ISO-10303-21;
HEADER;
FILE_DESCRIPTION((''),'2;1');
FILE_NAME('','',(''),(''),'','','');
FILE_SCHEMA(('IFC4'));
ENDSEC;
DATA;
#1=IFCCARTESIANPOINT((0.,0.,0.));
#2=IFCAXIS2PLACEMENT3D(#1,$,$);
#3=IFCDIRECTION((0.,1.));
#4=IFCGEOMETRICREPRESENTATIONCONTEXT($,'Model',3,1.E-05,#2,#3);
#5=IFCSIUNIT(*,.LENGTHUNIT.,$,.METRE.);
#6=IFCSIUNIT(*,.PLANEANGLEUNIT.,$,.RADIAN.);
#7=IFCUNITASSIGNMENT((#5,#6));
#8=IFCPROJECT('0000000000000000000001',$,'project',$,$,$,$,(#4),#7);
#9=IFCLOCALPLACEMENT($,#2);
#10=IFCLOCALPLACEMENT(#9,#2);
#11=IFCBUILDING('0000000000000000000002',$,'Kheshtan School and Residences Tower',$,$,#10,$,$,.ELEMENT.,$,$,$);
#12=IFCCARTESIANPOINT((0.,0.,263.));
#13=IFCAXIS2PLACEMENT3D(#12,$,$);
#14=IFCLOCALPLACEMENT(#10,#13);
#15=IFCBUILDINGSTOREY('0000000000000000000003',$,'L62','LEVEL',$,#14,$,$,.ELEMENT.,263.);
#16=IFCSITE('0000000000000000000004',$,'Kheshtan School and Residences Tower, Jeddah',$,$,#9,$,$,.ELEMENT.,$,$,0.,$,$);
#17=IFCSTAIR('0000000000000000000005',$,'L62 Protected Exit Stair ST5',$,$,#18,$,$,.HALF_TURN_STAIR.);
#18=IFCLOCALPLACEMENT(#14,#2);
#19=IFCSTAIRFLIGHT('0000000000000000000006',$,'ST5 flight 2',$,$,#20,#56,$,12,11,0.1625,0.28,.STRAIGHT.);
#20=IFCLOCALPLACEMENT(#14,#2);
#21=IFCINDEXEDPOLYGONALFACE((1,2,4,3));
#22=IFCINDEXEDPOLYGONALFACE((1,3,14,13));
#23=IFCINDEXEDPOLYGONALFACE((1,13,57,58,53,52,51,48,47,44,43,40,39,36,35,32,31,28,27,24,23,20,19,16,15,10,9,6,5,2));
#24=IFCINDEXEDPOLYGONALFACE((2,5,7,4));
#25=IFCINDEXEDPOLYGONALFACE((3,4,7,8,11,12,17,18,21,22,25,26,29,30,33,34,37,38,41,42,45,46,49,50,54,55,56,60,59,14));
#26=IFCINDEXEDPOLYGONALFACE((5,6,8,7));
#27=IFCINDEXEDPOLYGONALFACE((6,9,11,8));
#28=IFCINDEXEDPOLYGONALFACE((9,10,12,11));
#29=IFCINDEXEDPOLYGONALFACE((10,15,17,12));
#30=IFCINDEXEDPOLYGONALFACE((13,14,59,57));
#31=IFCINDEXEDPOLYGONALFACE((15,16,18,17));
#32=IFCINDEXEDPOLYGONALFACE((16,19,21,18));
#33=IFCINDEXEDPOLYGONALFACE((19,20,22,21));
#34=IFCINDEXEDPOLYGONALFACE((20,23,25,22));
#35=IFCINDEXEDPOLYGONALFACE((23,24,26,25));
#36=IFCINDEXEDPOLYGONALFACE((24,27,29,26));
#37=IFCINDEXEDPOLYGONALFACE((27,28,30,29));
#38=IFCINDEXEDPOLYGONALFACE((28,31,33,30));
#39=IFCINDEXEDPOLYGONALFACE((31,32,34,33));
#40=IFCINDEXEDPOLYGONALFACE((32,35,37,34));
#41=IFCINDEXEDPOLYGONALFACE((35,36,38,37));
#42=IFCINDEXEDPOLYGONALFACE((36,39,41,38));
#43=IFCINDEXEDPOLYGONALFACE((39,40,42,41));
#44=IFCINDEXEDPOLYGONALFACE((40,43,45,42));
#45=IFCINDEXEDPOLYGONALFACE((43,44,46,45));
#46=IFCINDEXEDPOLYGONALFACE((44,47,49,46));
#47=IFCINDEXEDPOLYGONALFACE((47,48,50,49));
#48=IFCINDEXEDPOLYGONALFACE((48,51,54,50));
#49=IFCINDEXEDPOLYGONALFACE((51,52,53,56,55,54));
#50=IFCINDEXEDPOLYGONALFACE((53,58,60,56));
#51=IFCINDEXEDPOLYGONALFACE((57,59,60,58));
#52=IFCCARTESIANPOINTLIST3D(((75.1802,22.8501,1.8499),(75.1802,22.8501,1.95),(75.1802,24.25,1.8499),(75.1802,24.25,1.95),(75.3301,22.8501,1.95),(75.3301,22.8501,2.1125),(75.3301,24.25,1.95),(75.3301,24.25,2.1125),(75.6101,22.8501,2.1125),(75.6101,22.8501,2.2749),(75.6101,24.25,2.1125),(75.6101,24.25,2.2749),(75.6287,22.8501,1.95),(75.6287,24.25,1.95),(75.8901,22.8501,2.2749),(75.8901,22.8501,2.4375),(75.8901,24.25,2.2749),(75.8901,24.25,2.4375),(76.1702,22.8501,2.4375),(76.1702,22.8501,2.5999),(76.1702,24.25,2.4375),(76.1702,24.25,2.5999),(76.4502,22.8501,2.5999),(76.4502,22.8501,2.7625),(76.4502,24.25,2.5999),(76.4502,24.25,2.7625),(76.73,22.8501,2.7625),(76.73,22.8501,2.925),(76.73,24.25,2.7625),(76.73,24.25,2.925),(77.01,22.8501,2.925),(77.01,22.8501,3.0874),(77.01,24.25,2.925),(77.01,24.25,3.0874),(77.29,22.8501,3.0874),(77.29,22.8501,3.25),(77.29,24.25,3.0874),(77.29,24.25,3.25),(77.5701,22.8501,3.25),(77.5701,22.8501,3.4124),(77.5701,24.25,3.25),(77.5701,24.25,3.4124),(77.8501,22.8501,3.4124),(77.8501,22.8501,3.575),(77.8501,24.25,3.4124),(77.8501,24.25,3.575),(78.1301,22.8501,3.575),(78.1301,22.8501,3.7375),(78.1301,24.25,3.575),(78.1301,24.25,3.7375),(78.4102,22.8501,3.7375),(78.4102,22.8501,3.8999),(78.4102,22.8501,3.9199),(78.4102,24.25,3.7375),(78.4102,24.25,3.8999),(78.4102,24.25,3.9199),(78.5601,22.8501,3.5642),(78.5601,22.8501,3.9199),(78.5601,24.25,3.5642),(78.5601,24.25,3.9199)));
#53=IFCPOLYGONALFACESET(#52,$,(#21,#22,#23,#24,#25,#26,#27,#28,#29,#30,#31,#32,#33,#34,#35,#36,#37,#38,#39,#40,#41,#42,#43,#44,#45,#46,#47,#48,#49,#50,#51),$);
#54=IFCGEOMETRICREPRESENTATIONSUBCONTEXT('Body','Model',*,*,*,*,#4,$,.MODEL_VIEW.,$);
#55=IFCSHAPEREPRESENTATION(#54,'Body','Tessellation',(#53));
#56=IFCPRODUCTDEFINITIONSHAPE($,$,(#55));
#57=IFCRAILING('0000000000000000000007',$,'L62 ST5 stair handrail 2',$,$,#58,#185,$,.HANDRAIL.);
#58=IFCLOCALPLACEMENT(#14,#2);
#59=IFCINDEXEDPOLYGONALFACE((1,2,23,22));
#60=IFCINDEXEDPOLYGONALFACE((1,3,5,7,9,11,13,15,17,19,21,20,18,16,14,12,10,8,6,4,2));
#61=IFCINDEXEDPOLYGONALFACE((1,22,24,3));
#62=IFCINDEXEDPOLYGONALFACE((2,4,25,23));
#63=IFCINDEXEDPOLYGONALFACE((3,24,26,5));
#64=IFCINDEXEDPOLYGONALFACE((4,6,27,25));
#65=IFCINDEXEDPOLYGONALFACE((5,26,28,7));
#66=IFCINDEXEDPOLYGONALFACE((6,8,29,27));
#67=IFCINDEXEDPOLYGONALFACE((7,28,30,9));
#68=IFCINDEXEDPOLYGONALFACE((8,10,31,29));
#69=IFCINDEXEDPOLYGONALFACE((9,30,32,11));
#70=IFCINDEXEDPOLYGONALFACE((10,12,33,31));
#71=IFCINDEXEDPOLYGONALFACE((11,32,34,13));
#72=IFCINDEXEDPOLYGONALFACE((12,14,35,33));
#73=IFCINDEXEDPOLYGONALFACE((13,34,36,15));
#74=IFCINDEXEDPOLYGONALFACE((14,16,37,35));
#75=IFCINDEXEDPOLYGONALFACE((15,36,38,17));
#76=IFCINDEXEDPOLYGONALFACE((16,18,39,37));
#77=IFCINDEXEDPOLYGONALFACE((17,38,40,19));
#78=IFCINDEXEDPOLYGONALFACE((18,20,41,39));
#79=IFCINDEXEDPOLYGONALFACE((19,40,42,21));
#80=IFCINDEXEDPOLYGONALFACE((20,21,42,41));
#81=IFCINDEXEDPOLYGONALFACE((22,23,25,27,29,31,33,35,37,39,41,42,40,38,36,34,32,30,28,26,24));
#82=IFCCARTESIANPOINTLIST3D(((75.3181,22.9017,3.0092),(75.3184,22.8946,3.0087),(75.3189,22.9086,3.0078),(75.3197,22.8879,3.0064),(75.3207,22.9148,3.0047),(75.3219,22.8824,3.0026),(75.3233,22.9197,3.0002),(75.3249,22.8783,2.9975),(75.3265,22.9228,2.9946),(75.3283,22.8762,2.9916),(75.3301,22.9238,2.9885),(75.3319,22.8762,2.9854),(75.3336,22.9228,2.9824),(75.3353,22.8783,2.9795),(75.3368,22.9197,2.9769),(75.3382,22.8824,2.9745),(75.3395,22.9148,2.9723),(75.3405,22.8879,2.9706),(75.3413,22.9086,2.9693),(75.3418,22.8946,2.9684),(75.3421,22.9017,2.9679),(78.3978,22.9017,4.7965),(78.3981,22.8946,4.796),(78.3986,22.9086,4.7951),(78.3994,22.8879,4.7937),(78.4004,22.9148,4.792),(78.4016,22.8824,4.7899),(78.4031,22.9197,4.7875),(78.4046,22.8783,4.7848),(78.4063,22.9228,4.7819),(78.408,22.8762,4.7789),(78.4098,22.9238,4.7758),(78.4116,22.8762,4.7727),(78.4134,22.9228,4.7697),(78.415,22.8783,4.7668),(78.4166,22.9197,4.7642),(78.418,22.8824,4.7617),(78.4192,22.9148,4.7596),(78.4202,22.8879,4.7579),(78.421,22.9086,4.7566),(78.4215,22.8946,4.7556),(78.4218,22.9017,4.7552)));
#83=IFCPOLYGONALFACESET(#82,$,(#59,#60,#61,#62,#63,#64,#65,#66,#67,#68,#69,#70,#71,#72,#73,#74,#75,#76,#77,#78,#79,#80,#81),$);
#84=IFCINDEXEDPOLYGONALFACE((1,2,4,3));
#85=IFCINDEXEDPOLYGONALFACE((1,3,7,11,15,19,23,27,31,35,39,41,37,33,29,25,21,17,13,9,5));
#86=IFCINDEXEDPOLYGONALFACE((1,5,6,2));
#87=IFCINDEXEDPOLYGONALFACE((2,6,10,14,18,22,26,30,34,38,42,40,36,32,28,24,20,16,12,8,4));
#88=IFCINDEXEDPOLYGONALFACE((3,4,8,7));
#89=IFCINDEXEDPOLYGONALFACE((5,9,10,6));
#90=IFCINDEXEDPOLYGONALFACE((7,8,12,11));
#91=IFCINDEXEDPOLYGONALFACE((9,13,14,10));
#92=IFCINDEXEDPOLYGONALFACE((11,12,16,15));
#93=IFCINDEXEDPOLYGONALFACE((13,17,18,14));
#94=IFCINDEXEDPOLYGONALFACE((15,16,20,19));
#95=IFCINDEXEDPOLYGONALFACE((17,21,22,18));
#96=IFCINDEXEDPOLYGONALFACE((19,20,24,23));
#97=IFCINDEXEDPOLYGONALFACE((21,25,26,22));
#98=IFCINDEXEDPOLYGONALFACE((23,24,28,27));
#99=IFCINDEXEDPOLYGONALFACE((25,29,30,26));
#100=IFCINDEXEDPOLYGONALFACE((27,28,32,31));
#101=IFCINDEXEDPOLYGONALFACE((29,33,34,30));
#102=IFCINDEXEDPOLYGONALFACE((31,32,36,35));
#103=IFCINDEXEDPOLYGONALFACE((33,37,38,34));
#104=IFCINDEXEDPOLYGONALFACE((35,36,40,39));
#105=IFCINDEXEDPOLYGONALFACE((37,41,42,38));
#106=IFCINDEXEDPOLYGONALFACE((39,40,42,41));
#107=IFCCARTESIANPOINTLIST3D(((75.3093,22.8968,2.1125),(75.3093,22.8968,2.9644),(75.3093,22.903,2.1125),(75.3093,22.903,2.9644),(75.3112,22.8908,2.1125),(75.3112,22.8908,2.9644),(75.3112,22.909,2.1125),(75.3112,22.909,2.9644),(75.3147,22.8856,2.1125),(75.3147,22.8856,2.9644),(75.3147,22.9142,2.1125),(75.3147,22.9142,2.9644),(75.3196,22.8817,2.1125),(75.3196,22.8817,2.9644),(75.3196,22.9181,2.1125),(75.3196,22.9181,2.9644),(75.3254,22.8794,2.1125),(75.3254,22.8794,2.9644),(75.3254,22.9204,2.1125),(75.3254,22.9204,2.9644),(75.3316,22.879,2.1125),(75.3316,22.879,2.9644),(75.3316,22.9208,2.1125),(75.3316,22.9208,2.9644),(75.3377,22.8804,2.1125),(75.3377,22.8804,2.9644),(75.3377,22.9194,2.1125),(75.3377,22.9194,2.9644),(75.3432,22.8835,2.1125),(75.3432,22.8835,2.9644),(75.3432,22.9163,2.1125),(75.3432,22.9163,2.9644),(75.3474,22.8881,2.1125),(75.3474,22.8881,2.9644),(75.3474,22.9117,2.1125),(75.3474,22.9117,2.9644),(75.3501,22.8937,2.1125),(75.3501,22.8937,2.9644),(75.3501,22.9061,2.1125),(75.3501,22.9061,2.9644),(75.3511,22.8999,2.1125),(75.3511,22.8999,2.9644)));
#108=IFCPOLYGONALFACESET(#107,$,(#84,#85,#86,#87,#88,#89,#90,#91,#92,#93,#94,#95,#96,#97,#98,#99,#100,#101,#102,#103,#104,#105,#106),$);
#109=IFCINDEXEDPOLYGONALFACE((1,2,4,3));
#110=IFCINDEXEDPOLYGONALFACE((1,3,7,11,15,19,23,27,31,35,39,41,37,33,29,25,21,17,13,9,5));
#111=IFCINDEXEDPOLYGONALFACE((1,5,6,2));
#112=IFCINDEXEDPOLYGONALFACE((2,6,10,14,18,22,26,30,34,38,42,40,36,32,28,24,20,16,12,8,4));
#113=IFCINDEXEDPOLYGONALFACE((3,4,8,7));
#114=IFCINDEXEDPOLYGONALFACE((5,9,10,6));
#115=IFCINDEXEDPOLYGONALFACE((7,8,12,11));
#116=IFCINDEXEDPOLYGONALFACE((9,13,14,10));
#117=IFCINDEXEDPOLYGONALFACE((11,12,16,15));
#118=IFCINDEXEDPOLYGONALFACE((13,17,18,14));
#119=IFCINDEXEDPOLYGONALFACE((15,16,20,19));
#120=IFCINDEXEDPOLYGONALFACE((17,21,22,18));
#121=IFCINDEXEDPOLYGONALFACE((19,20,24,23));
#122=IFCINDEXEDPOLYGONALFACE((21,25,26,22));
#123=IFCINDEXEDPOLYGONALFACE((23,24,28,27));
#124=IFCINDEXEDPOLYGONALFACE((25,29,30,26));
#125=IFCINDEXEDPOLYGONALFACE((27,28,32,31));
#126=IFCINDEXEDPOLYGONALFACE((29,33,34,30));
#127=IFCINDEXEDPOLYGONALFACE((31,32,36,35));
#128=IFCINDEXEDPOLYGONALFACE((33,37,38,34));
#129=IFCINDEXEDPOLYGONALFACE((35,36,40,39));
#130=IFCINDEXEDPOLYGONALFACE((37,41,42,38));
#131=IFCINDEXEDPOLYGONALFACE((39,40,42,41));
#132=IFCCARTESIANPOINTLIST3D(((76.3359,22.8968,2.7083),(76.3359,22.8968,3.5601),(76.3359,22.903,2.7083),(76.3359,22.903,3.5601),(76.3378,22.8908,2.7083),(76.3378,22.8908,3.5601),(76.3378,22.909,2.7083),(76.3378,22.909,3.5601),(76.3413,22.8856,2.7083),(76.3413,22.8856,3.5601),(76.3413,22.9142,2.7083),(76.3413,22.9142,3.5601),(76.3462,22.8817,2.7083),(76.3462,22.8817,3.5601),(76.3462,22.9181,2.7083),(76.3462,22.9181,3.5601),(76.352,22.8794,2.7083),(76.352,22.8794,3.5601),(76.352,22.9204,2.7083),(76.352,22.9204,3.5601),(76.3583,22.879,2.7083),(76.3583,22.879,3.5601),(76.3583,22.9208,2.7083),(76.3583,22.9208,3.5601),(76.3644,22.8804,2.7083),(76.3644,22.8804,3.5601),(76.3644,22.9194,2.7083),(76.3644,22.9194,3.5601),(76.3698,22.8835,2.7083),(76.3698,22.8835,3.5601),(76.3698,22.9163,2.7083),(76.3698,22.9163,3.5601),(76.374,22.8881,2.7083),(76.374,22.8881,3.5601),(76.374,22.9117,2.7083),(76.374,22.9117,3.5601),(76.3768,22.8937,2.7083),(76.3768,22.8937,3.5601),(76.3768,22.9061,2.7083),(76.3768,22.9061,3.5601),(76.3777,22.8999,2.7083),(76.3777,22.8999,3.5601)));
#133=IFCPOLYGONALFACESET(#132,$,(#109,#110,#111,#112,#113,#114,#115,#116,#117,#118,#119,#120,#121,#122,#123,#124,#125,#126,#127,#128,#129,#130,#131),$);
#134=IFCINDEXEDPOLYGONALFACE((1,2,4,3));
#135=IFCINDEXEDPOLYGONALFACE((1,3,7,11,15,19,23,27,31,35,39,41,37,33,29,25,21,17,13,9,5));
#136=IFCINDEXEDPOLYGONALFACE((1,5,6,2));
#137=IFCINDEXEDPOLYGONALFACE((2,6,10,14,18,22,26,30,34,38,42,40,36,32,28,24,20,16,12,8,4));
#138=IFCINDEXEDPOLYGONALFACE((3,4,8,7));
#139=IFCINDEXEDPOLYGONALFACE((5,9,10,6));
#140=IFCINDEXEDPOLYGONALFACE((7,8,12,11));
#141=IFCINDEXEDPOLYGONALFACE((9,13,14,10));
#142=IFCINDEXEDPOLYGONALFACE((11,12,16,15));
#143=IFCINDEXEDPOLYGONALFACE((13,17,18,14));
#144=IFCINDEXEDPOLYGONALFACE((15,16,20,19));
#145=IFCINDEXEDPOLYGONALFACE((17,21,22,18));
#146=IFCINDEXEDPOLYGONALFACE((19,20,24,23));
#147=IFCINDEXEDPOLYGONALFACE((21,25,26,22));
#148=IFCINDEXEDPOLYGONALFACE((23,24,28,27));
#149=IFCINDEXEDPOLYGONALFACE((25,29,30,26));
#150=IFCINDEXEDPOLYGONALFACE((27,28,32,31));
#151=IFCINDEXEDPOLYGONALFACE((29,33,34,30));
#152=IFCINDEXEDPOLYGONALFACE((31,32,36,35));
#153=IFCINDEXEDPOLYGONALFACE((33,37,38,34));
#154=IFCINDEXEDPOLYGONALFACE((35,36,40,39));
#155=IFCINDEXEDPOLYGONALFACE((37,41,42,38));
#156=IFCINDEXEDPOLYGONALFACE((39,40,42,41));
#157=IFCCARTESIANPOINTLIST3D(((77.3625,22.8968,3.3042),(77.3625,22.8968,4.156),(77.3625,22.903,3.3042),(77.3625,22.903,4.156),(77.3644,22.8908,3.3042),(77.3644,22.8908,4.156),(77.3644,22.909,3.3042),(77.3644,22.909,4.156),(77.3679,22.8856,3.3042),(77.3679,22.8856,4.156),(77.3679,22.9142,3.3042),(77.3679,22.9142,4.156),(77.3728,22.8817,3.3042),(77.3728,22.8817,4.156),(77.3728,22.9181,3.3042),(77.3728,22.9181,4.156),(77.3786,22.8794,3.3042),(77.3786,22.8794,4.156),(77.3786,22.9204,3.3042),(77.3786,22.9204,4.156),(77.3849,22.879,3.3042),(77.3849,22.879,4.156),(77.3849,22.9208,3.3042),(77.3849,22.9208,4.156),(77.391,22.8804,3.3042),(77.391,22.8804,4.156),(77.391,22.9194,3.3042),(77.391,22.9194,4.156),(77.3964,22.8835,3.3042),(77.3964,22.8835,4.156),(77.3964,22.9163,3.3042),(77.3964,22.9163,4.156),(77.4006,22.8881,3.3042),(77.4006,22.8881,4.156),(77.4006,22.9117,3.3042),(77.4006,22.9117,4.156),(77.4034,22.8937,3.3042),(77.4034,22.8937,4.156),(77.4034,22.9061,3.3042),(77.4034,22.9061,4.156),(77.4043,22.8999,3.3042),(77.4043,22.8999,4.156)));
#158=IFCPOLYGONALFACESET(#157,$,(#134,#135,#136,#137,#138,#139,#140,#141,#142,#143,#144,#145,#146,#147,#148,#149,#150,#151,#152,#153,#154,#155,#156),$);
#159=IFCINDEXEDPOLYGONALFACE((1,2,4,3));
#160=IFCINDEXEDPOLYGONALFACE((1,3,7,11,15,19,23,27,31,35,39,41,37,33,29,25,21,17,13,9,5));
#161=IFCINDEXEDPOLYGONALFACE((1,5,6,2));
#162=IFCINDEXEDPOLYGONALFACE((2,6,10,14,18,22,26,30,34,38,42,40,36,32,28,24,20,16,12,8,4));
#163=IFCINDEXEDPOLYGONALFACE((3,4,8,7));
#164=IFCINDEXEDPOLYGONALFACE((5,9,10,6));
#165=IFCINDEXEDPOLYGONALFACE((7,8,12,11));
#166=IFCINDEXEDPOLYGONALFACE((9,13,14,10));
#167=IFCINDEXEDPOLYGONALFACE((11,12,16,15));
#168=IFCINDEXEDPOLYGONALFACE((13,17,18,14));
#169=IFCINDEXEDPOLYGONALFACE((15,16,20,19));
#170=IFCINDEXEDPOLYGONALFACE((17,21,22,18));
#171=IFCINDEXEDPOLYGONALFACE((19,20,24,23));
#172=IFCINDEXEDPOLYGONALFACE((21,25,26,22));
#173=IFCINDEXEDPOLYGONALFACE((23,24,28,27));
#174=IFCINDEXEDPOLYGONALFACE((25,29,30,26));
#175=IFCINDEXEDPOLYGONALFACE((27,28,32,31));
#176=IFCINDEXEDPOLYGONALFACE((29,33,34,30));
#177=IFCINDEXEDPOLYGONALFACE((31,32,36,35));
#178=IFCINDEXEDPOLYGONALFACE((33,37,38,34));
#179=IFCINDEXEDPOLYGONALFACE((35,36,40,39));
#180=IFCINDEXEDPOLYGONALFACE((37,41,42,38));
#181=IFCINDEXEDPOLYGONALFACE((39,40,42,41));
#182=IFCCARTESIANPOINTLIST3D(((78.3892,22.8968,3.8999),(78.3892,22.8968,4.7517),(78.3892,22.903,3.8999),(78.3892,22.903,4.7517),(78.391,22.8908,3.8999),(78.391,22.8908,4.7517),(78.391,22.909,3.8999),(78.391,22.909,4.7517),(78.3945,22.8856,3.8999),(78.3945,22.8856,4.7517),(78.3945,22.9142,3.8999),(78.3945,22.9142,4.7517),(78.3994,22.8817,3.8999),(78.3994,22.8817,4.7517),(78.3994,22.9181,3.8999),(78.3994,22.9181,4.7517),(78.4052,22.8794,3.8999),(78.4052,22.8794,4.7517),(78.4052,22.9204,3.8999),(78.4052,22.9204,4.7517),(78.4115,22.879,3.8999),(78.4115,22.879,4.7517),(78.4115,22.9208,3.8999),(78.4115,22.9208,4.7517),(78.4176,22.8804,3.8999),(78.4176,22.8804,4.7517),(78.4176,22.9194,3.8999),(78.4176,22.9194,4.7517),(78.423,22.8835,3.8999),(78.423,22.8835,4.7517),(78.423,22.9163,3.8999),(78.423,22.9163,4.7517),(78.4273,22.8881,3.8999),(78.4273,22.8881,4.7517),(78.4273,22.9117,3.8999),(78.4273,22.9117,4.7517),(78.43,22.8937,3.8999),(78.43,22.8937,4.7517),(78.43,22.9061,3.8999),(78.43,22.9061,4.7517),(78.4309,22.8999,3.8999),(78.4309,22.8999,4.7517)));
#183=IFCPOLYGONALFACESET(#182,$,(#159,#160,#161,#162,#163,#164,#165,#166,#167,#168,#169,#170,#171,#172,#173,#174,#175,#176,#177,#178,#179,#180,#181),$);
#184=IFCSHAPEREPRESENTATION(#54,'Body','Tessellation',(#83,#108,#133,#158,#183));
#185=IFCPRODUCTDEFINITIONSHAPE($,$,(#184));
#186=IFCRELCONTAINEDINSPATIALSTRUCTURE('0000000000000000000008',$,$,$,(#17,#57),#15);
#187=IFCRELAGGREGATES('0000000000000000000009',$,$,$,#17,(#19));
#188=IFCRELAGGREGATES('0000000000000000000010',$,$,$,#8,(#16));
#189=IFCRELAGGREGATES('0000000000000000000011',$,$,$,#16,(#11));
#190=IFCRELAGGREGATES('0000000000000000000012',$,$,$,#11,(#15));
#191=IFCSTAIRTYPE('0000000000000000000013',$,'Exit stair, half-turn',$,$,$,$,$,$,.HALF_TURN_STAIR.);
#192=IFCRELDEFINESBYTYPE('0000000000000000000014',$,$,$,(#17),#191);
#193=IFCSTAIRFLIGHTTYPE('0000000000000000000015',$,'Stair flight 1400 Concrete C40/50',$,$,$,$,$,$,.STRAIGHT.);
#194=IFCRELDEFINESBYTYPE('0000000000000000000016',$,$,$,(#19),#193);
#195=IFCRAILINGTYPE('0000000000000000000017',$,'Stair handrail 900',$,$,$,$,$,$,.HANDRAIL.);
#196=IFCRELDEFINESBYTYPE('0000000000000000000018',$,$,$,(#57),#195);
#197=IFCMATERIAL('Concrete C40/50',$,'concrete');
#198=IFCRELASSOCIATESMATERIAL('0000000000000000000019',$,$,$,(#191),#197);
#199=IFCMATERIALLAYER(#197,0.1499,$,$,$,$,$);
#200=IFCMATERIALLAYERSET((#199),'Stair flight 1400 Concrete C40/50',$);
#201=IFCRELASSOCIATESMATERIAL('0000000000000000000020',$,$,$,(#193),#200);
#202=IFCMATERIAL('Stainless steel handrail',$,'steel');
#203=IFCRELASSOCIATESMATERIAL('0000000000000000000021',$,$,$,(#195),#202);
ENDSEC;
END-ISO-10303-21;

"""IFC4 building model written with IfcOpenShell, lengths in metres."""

from ifc_helpers import new_model, si_unit, direction, frame, origin, origin_2d, place, context, subcontext, project, spatial, polyline, circle, outline, extrude, material, layer, layer_set, type_object, element, aggregate, save


model = new_model("IFC4")

# Units and contexts
model_context = context("Model", 3, precision=1e-05, world=origin(), true_north=direction((0.0, 1.0)))
body_context = subcontext(model_context, "Body", "Model", "MODEL_VIEW")
ifc_project = project(units=[si_unit("LENGTHUNIT", "METRE"), si_unit("PLANEANGLEUNIT", "RADIAN")], contexts=[model_context])

# Site, building, storey
site_placement = place(None, origin())
site = spatial("IfcSite", under=ifc_project, at=site_placement, Name="Kheshtan School and Residences Tower, Jeddah", CompositionType="ELEMENT", RefElevation=0.0)
building_placement = place(site_placement, origin())
building = spatial("IfcBuilding", under=site, at=building_placement, Name="Kheshtan School and Residences Tower", CompositionType="ELEMENT")
storey_placement = place(building_placement, frame((0.0, 0.0, 263.0)))
storey = spatial("IfcBuildingStorey", under=building, at=storey_placement, Name="L62", Description="LEVEL", CompositionType="ELEMENT", Elevation=263.0)

# Shared definitions
ifc_material_1 = material(Name="Concrete C40/50", Category="concrete")

# Stair, stair flight
stair_type = type_object("IfcStairType", Name="Exit stair, half-turn", PredefinedType="HALF_TURN_STAIR", material=ifc_material_1)
stair_placement = place(storey_placement, origin())
stair = element("IfcStair", 1, at=stair_placement, inside=storey, type_object=stair_type, Name="L62 Protected Exit Stair ST5", PredefinedType="HALF_TURN_STAIR")
ifc_layer_1 = layer(ifc_material_1, 0.1499)
ifc_layer_set_1 = layer_set([ifc_layer_1], Name="Stair flight 1400 Concrete C40/50")
stair_flight_type = type_object("IfcStairFlightType", Name="Stair flight 1400 Concrete C40/50", PredefinedType="STRAIGHT", material=ifc_layer_set_1)
stair_flight_placement = place(storey_placement, frame((75.3301, 23.55, 1.95), z_axis=(0.0, 0.0, 1.0), x_axis=(1.0, 0.0, 0.0)))
stair_flight = element("IfcStairFlight", 2, at=stair_flight_placement, type_object=stair_flight_type, Name="ST5 flight 2", NumberOfRisers=12, NumberOfTreads=11, PredefinedType="STRAIGHT", RiserHeight=0.1625, TreadLength=0.28, context=body_context, shape_type="SweptSolid", body=[
    extrude(outline(polyline([(-0.1499, -0.1001), (-0.1499, 0.0), (0.0, 0.0), (0.0, 0.1626), (0.28, 0.1626), (0.28, 0.325), (0.5601, 0.325), (0.5601, 0.4875), (0.8401, 0.4875), (0.8401, 0.6499), (1.1201, 0.6499), (1.1201, 0.8125), (1.3999, 0.8125), (1.3999, 0.9751), (1.6799, 0.9751), (1.6799, 1.1375), (1.96, 1.1375), (1.96, 1.3), (2.24, 1.3), (2.24, 1.4624), (2.52, 1.4624), (2.52, 1.625), (2.8, 1.625), (2.8, 1.7876), (3.0801, 1.7876), (3.0801, 1.95), (3.0801, 1.97), (3.23, 1.97), (3.23, 1.6143), (0.2986, 0.0), (-0.1499, -0.1001)])), frame((0.0, 0.7, 0.0), z_axis=(0.0, -1.0, 0.0), x_axis=(1.0, 0.0, 0.0)), (0.0, 0.0, 1.0), 1.3999),
])
aggregate(stair, [stair_flight])

# Railing
ifc_material_2 = material(Name="Stainless steel handrail", Category="steel")
railing_type = type_object("IfcRailingType", Name="Stair handrail 900", PredefinedType="HANDRAIL", material=ifc_material_2)
railing_placement = place(storey_placement, frame((75.3301, 22.8999, 2.1125)))
element("IfcRailing", 3, at=railing_placement, inside=storey, type_object=railing_type, Name="L62 ST5 stair handrail 2", PredefinedType="HANDRAIL", context=body_context, shape_type="SweptSolid", body=[
    extrude(circle(Radius=0.0239, at=origin_2d()), frame((0.0, 0.0, 0.876), z_axis=(0.864903, 0.0, 0.501939), x_axis=(0.0, 1.0, 0.0)), (0.0, 0.0, 1.0), 3.5608),
    extrude(circle(Radius=0.021, at=origin_2d()), origin(), (0.0, 0.0, 1.0), 0.8518),
    extrude(circle(Radius=0.021, at=origin_2d()), frame((1.0266, 0.0, 0.5957)), (0.0, 0.0, 1.0), 0.8518),
    extrude(circle(Radius=0.021, at=origin_2d()), frame((2.0532, 0.0, 1.1917)), (0.0, 0.0, 1.0), 0.8518),
    extrude(circle(Radius=0.021, at=origin_2d()), frame((3.0798, 0.0, 1.7874)), (0.0, 0.0, 1.0), 0.8518),
])

save(model, "model.ifc")
